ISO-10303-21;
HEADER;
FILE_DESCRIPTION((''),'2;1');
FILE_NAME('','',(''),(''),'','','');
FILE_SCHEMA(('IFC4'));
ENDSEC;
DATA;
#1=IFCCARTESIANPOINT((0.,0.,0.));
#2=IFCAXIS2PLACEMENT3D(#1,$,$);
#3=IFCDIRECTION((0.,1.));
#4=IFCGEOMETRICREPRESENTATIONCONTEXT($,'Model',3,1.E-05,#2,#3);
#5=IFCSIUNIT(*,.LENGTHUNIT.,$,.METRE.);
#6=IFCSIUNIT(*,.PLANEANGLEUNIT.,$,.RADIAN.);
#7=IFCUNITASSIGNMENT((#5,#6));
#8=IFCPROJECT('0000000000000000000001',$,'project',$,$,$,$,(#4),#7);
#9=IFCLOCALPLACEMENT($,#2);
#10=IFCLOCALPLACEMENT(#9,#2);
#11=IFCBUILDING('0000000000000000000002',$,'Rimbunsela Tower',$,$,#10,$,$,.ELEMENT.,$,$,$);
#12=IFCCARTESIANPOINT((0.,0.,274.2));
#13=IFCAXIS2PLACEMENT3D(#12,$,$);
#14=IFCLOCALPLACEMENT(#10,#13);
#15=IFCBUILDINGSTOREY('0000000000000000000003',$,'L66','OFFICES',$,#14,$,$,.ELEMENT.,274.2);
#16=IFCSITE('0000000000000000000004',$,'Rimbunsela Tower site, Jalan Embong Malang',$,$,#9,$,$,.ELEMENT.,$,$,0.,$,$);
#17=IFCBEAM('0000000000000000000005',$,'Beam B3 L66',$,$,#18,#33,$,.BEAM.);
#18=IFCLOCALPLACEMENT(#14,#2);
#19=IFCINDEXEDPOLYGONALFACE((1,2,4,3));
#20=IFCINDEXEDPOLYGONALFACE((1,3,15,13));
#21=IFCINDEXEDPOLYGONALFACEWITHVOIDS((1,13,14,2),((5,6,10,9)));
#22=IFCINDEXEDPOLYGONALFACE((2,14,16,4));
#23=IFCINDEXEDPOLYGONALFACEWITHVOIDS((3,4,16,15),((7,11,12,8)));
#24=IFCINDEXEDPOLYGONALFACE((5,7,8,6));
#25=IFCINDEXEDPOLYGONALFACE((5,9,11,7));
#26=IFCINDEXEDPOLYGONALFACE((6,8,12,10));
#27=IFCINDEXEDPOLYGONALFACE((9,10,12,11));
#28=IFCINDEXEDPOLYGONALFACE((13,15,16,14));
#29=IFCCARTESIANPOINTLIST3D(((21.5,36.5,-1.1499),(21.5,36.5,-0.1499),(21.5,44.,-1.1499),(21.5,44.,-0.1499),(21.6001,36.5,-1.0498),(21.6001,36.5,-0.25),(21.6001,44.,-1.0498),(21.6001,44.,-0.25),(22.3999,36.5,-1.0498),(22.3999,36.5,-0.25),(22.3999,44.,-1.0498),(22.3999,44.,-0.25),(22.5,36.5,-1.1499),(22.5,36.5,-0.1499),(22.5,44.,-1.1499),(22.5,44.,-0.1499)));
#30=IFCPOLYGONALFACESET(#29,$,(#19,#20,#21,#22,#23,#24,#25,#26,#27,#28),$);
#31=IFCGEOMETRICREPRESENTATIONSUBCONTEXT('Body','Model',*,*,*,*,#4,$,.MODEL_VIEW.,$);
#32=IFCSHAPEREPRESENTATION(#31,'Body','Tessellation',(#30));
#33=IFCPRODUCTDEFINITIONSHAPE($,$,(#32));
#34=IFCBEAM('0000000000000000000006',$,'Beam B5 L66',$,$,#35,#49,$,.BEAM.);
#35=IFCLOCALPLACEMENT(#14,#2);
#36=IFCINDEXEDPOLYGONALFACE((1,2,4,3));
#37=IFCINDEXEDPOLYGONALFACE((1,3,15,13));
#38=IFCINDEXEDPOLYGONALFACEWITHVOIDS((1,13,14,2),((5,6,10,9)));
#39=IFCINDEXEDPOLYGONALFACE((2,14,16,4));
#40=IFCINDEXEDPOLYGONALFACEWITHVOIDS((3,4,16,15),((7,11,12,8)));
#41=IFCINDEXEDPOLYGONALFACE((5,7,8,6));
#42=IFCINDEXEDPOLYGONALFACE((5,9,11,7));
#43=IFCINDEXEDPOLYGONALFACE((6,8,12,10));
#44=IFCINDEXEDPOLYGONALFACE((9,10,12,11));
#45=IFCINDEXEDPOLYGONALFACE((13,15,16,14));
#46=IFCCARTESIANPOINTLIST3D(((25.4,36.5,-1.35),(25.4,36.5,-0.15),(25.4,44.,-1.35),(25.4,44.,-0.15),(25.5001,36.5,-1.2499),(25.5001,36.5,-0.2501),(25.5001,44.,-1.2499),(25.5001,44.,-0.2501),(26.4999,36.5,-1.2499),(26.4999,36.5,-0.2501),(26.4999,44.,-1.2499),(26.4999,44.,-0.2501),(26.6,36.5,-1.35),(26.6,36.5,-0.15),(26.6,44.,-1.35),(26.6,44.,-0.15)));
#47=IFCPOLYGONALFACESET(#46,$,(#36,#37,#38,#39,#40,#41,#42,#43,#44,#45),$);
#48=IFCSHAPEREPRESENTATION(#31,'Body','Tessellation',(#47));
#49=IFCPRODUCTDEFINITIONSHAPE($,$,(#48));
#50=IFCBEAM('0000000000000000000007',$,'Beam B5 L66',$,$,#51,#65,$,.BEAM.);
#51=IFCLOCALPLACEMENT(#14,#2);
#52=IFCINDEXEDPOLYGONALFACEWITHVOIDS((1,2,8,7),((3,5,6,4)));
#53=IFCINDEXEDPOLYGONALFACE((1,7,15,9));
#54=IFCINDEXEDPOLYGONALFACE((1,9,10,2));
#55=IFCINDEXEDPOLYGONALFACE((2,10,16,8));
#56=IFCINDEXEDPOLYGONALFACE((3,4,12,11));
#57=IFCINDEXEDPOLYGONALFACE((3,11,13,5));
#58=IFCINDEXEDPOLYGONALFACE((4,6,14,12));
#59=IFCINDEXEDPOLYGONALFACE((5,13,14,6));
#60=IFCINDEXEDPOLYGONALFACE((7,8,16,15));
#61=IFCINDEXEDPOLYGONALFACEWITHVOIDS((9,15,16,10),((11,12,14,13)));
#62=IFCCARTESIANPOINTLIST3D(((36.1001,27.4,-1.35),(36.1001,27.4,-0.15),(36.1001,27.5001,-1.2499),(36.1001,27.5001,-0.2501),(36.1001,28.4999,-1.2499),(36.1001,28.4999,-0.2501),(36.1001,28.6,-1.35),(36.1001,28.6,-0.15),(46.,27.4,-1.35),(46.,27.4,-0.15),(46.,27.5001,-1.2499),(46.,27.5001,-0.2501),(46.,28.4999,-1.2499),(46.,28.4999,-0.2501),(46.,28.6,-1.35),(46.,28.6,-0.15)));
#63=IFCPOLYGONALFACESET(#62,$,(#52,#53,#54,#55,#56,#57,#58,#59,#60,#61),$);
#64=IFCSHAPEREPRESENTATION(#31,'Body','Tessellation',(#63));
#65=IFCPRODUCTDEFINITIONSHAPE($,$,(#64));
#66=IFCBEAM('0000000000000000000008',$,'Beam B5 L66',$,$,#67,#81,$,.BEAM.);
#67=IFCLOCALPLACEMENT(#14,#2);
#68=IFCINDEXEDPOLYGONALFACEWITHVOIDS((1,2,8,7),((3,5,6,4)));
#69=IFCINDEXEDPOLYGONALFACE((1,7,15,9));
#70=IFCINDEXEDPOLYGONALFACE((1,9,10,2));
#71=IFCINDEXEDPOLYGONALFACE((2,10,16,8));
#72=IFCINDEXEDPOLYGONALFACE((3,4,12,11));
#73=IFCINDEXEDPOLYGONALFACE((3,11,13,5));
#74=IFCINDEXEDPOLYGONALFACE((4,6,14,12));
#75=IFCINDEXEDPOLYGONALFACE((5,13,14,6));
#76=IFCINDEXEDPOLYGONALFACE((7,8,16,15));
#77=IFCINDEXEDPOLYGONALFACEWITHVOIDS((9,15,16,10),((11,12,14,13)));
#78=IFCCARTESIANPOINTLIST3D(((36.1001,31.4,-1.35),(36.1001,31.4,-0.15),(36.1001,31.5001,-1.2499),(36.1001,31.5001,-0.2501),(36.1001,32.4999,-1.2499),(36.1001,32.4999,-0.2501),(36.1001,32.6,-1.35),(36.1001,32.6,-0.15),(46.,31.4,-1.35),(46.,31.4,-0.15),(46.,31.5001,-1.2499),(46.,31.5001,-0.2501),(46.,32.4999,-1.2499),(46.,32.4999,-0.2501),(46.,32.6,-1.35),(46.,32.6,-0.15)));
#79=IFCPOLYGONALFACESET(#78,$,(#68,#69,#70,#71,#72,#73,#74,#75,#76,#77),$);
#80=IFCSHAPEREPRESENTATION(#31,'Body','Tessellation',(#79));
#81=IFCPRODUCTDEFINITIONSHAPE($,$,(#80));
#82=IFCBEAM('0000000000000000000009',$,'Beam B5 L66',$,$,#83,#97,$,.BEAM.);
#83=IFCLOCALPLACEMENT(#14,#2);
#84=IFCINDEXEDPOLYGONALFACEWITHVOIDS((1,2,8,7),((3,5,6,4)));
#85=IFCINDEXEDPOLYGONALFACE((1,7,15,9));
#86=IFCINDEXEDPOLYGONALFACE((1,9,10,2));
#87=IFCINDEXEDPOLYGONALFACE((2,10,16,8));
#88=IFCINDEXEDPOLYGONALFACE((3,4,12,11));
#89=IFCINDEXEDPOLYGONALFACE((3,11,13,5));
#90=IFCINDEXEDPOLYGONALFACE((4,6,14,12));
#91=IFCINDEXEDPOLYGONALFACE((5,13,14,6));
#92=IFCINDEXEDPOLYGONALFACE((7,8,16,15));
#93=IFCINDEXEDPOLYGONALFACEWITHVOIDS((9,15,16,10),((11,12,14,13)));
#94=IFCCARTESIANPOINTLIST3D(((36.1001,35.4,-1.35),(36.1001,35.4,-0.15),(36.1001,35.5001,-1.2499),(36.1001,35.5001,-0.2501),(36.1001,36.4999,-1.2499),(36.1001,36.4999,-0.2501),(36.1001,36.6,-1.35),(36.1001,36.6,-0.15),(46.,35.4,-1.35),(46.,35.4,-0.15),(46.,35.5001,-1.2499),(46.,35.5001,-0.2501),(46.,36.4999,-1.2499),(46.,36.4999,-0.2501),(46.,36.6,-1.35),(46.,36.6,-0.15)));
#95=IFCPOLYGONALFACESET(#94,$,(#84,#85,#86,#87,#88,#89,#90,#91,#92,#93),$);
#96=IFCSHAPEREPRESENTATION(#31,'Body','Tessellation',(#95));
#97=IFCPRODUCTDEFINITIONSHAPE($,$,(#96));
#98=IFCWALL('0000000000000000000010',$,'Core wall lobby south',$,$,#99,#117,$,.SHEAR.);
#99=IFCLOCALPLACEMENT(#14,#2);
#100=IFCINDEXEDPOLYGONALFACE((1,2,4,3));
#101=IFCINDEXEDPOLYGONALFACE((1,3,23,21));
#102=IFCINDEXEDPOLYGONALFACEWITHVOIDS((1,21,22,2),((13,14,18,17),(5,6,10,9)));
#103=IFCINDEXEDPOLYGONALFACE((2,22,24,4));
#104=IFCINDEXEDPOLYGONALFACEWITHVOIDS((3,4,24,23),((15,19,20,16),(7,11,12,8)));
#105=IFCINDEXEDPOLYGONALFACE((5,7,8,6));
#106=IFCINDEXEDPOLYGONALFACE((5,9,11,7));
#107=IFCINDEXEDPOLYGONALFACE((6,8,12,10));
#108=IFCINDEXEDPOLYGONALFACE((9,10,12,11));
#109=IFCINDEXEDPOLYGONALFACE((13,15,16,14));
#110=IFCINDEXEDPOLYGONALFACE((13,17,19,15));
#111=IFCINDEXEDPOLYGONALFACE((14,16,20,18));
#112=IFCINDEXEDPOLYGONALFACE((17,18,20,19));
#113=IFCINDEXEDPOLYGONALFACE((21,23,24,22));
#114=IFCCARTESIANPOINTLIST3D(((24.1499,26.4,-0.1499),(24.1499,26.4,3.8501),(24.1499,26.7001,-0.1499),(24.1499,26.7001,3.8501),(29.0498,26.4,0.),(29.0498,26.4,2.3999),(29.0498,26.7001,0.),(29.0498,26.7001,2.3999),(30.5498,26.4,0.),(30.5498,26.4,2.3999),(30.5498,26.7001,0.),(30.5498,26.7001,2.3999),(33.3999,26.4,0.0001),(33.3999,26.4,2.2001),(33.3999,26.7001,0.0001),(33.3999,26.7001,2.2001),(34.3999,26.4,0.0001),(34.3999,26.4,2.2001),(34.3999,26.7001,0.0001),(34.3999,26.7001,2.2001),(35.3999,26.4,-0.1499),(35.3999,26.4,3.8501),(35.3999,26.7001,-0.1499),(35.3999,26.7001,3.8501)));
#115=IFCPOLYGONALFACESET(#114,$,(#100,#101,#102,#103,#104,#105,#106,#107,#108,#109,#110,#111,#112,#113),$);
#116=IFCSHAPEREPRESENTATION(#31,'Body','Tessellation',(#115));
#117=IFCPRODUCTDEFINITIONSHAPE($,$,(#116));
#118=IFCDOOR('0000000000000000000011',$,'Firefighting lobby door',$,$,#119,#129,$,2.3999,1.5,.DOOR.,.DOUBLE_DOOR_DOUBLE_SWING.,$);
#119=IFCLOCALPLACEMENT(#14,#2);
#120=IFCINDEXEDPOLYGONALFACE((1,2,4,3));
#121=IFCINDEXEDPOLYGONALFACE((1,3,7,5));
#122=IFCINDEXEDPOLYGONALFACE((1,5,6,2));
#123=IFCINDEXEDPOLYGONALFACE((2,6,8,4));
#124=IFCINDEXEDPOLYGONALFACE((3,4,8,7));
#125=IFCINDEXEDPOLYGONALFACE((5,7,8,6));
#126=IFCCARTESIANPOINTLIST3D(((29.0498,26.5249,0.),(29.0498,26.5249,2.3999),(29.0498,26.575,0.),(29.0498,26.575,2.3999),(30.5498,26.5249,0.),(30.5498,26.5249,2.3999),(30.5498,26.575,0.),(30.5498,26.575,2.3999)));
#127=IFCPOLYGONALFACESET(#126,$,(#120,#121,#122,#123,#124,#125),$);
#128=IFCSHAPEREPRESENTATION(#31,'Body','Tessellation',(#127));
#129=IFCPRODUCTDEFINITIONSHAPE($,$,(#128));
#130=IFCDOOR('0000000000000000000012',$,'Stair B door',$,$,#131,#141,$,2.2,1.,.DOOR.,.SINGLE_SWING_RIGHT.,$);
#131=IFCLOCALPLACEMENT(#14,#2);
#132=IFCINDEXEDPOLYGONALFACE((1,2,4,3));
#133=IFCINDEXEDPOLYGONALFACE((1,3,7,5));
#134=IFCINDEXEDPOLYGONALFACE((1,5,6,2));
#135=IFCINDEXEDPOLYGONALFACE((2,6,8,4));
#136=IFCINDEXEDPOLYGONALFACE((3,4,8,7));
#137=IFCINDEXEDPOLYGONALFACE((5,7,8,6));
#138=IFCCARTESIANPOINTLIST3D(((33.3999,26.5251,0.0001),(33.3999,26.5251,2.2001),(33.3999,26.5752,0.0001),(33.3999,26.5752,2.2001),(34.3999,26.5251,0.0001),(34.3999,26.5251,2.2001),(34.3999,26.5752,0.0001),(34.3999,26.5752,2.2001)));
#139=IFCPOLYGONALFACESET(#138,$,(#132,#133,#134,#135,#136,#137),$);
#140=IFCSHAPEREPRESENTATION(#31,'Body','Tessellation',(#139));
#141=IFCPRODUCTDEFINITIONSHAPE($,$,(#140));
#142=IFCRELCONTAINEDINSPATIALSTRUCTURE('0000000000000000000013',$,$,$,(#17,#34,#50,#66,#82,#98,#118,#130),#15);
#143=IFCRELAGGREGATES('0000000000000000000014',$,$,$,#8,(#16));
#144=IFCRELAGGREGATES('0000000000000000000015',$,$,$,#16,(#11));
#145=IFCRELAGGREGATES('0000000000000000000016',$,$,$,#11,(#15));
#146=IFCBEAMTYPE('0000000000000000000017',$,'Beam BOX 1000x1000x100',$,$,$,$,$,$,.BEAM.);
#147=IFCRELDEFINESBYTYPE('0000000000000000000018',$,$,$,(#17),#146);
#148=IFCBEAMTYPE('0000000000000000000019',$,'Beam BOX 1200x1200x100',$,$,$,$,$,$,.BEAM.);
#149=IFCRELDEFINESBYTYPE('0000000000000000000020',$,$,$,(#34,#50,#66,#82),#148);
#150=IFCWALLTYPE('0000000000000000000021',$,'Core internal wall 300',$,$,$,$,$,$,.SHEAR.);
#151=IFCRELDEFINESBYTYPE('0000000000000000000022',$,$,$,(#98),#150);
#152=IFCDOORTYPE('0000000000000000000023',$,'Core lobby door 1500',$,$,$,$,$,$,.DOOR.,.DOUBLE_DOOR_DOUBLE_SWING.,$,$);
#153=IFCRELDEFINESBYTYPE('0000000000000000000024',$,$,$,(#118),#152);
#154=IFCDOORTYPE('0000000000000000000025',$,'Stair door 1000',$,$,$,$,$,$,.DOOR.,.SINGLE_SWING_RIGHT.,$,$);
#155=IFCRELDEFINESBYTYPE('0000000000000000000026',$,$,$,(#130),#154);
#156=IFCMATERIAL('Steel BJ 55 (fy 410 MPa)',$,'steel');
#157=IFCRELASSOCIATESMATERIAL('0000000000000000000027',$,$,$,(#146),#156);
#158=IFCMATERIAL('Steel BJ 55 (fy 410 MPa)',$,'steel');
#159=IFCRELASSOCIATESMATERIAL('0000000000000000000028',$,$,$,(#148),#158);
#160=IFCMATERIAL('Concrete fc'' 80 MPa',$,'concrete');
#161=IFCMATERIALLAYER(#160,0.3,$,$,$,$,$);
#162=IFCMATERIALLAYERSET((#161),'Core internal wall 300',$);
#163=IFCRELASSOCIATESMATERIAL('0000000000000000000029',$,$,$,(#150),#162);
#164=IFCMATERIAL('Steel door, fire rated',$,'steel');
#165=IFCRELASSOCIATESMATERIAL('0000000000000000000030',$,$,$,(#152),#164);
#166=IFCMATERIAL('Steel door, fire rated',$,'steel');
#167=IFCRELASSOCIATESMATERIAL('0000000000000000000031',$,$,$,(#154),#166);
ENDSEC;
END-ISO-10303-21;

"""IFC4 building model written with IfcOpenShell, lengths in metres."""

from ifc_helpers import new_model, si_unit, direction, frame, frame_2d, origin, origin_2d, place, context, subcontext, project, spatial, rectangle, hollow_rectangle, extrude, material, layer, layer_set, material_profile, profile_set, type_object, element, fill, save


model = new_model("IFC4")

# Units and contexts
model_context = context("Model", 3, precision=1e-05, world=origin(), true_north=direction((0.0, 1.0)))
body_context = subcontext(model_context, "Body", "Model", "MODEL_VIEW")
ifc_project = project(units=[si_unit("LENGTHUNIT", "METRE"), si_unit("PLANEANGLEUNIT", "RADIAN")], contexts=[model_context])

# Site, building, storey
site_placement = place(None, origin())
site = spatial("IfcSite", under=ifc_project, at=site_placement, Name="Rimbunsela Tower site, Jalan Embong Malang", CompositionType="ELEMENT", RefElevation=0.0)
building_placement = place(site_placement, origin())
building = spatial("IfcBuilding", under=site, at=building_placement, Name="Rimbunsela Tower", CompositionType="ELEMENT")
storey_placement = place(building_placement, frame((0.0, 0.0, 274.2)))
storey = spatial("IfcBuildingStorey", under=building, at=storey_placement, Name="L66", Description="OFFICES", CompositionType="ELEMENT", Elevation=274.2)

# Beams
ifc_material_1 = material(Name="Steel BJ 55 (fy 410 MPa)", Category="steel")
ifc_material_profile_1 = material_profile(ifc_material_1, hollow_rectangle(XDim=1.0, YDim=1.0, WallThickness=0.1001, at=origin_2d()), Name="BOX 1000x1000x100")
ifc_profile_set_1 = profile_set([ifc_material_profile_1], Name="Steel BJ 55 (fy 410 MPa)")
beam_type_1 = type_object("IfcBeamType", Name="Beam BOX 1000x1000x100", PredefinedType="BEAM", material=ifc_profile_set_1)
beam_1_placement = place(storey_placement, frame((22.0, 36.5, -0.6499), z_axis=(0.0, 1.0, 0.0), x_axis=(-1.0, 0.0, 0.0)))
element("IfcBeam", 1, at=beam_1_placement, inside=storey, type_object=beam_type_1, Name="Beam B3 L66", PredefinedType="BEAM", context=body_context, shape_type="SweptSolid", body=[
    extrude(hollow_rectangle(XDim=1.0, YDim=1.0, WallThickness=0.1001, at=origin_2d()), origin(), (0.0, 0.0, 1.0), 7.5),
])
ifc_material_2 = material(Name="Steel BJ 55 (fy 410 MPa)", Category="steel")
ifc_material_profile_2 = material_profile(ifc_material_2, hollow_rectangle(XDim=1.2, YDim=1.2, WallThickness=0.1001, at=origin_2d()), Name="BOX 1200x1200x100")
ifc_profile_set_2 = profile_set([ifc_material_profile_2], Name="Steel BJ 55 (fy 410 MPa)")
beam_type_2 = type_object("IfcBeamType", Name="Beam BOX 1200x1200x100", PredefinedType="BEAM", material=ifc_profile_set_2)
beam_2_placement = place(storey_placement, frame((26.0, 36.5, -0.75), z_axis=(0.0, 1.0, 0.0), x_axis=(-1.0, 0.0, 0.0)))
element("IfcBeam", 2, at=beam_2_placement, inside=storey, type_object=beam_type_2, Name="Beam B5 L66", PredefinedType="BEAM", context=body_context, shape_type="SweptSolid", body=[
    extrude(hollow_rectangle(XDim=1.2, YDim=1.2, WallThickness=0.1001, at=origin_2d()), origin(), (0.0, 0.0, 1.0), 7.5),
])
for number, where, z_axis, x_axis, name in (
    (3, (36.1001, 28.0, -0.75), (1.0, 0.0, 0.0), (0.0, 1.0, 0.0), "Beam B5 L66"),
    (4, (36.1001, 32.0, -0.75), (1.0, 0.0, 0.0), (0.0, 1.0, 0.0), "Beam B5 L66"),
    (5, (36.1001, 36.0, -0.75), (1.0, 0.0, 0.0), (0.0, 1.0, 0.0), "Beam B5 L66"),
):
    element("IfcBeam", number, at=place(storey_placement, frame(where, z_axis=z_axis, x_axis=x_axis)), inside=storey, type_object=beam_type_2, Name=name, PredefinedType="BEAM", context=body_context, shape_type="SweptSolid", body=[
        extrude(hollow_rectangle(XDim=1.2, YDim=1.2, WallThickness=0.1001, at=origin_2d()), origin(), (0.0, 0.0, 1.0), 9.8999),
    ])

# Wall, openings, doors
ifc_material_3 = material(Name="Concrete fc' 80 MPa", Category="concrete")
ifc_layer_1 = layer(ifc_material_3, 0.3)
ifc_layer_set_1 = layer_set([ifc_layer_1], Name="Core internal wall 300")
wall_type_1 = type_object("IfcWallType", Name="Core internal wall 300", PredefinedType="SHEAR", material=ifc_layer_set_1)
wall_1_placement = place(storey_placement, frame((24.1499, 26.55, -0.1499), z_axis=(0.0, 0.0, 1.0), x_axis=(1.0, 0.0, 0.0)))
wall_1 = element("IfcWall", 6, at=wall_1_placement, inside=storey, type_object=wall_type_1, Name="Core wall lobby south", PredefinedType="SHEAR", context=body_context, shape_type="SweptSolid", body=[
    extrude(rectangle(XDim=11.25, YDim=0.3, at=frame_2d((5.625, 0.0))), origin(), (0.0, 0.0, 1.0), 4.0),
])
opening_1_placement = place(wall_1_placement, frame((9.25, 0.0, 0.1499)))
opening_1 = element("IfcOpeningElement", 7, at=opening_1_placement, cuts=wall_1, PredefinedType="OPENING", context=body_context, shape_type="SweptSolid", body=[
    extrude(rectangle(XDim=1.0, YDim=2.2, at=frame_2d((0.5, 1.1001))), frame((0.0, 0.1599, 0.0), z_axis=(0.0, -1.0, 0.0), x_axis=(1.0, 0.0, 0.0)), (0.0, 0.0, 1.0), 0.3201),
])
opening_2_placement = place(wall_1_placement, frame((4.8999, 0.0, 0.1499)))
opening_2 = element("IfcOpeningElement", 8, at=opening_2_placement, cuts=wall_1, PredefinedType="OPENING", context=body_context, shape_type="SweptSolid", body=[
    extrude(rectangle(XDim=1.5, YDim=2.3999, at=frame_2d((0.75, 1.2))), frame((0.0, 0.1599, 0.0), z_axis=(0.0, -1.0, 0.0), x_axis=(1.0, 0.0, 0.0)), (0.0, 0.0, 1.0), 0.3201),
])
ifc_material_4 = material(Name="Steel door, fire rated", Category="steel")
door_type_1 = type_object("IfcDoorType", Name="Core lobby door 1500", OperationType="DOUBLE_DOOR_DOUBLE_SWING", PredefinedType="DOOR", material=ifc_material_4)
door_1_placement = place(opening_2_placement, origin())
door_1 = element("IfcDoor", 9, at=door_1_placement, inside=storey, type_object=door_type_1, Name="Firefighting lobby door", OperationType="DOUBLE_DOOR_DOUBLE_SWING", OverallHeight=2.3999, OverallWidth=1.5, PredefinedType="DOOR", context=body_context, shape_type="SweptSolid", body=[
    extrude(rectangle(XDim=1.5, YDim=2.3999, at=frame_2d((0.75, 1.2))), frame((0.0, 0.0249, 0.0), z_axis=(0.0, -1.0, 0.0), x_axis=(1.0, 0.0, 0.0)), (0.0, 0.0, 1.0), 0.05),
])
fill(opening_2, door_1)
ifc_material_5 = material(Name="Steel door, fire rated", Category="steel")
door_type_2 = type_object("IfcDoorType", Name="Stair door 1000", OperationType="SINGLE_SWING_RIGHT", PredefinedType="DOOR", material=ifc_material_5)
door_2_placement = place(opening_1_placement, frame((1.0, 0.0, 0.0), z_axis=(0.0, 0.0, 1.0), x_axis=(-1.0, 0.0, 0.0)))
door_2 = element("IfcDoor", 10, at=door_2_placement, inside=storey, type_object=door_type_2, Name="Stair B door", OperationType="SINGLE_SWING_RIGHT", OverallHeight=2.2, OverallWidth=1.0, PredefinedType="DOOR", context=body_context, shape_type="SweptSolid", body=[
    extrude(rectangle(XDim=1.0, YDim=2.2, at=frame_2d((0.5, 1.1001))), frame((0.0, 0.0249, 0.0), z_axis=(0.0, -1.0, 0.0), x_axis=(1.0, 0.0, 0.0)), (0.0, 0.0, 1.0), 0.05),
])
fill(opening_1, door_2)

save(model, "model.ifc")
